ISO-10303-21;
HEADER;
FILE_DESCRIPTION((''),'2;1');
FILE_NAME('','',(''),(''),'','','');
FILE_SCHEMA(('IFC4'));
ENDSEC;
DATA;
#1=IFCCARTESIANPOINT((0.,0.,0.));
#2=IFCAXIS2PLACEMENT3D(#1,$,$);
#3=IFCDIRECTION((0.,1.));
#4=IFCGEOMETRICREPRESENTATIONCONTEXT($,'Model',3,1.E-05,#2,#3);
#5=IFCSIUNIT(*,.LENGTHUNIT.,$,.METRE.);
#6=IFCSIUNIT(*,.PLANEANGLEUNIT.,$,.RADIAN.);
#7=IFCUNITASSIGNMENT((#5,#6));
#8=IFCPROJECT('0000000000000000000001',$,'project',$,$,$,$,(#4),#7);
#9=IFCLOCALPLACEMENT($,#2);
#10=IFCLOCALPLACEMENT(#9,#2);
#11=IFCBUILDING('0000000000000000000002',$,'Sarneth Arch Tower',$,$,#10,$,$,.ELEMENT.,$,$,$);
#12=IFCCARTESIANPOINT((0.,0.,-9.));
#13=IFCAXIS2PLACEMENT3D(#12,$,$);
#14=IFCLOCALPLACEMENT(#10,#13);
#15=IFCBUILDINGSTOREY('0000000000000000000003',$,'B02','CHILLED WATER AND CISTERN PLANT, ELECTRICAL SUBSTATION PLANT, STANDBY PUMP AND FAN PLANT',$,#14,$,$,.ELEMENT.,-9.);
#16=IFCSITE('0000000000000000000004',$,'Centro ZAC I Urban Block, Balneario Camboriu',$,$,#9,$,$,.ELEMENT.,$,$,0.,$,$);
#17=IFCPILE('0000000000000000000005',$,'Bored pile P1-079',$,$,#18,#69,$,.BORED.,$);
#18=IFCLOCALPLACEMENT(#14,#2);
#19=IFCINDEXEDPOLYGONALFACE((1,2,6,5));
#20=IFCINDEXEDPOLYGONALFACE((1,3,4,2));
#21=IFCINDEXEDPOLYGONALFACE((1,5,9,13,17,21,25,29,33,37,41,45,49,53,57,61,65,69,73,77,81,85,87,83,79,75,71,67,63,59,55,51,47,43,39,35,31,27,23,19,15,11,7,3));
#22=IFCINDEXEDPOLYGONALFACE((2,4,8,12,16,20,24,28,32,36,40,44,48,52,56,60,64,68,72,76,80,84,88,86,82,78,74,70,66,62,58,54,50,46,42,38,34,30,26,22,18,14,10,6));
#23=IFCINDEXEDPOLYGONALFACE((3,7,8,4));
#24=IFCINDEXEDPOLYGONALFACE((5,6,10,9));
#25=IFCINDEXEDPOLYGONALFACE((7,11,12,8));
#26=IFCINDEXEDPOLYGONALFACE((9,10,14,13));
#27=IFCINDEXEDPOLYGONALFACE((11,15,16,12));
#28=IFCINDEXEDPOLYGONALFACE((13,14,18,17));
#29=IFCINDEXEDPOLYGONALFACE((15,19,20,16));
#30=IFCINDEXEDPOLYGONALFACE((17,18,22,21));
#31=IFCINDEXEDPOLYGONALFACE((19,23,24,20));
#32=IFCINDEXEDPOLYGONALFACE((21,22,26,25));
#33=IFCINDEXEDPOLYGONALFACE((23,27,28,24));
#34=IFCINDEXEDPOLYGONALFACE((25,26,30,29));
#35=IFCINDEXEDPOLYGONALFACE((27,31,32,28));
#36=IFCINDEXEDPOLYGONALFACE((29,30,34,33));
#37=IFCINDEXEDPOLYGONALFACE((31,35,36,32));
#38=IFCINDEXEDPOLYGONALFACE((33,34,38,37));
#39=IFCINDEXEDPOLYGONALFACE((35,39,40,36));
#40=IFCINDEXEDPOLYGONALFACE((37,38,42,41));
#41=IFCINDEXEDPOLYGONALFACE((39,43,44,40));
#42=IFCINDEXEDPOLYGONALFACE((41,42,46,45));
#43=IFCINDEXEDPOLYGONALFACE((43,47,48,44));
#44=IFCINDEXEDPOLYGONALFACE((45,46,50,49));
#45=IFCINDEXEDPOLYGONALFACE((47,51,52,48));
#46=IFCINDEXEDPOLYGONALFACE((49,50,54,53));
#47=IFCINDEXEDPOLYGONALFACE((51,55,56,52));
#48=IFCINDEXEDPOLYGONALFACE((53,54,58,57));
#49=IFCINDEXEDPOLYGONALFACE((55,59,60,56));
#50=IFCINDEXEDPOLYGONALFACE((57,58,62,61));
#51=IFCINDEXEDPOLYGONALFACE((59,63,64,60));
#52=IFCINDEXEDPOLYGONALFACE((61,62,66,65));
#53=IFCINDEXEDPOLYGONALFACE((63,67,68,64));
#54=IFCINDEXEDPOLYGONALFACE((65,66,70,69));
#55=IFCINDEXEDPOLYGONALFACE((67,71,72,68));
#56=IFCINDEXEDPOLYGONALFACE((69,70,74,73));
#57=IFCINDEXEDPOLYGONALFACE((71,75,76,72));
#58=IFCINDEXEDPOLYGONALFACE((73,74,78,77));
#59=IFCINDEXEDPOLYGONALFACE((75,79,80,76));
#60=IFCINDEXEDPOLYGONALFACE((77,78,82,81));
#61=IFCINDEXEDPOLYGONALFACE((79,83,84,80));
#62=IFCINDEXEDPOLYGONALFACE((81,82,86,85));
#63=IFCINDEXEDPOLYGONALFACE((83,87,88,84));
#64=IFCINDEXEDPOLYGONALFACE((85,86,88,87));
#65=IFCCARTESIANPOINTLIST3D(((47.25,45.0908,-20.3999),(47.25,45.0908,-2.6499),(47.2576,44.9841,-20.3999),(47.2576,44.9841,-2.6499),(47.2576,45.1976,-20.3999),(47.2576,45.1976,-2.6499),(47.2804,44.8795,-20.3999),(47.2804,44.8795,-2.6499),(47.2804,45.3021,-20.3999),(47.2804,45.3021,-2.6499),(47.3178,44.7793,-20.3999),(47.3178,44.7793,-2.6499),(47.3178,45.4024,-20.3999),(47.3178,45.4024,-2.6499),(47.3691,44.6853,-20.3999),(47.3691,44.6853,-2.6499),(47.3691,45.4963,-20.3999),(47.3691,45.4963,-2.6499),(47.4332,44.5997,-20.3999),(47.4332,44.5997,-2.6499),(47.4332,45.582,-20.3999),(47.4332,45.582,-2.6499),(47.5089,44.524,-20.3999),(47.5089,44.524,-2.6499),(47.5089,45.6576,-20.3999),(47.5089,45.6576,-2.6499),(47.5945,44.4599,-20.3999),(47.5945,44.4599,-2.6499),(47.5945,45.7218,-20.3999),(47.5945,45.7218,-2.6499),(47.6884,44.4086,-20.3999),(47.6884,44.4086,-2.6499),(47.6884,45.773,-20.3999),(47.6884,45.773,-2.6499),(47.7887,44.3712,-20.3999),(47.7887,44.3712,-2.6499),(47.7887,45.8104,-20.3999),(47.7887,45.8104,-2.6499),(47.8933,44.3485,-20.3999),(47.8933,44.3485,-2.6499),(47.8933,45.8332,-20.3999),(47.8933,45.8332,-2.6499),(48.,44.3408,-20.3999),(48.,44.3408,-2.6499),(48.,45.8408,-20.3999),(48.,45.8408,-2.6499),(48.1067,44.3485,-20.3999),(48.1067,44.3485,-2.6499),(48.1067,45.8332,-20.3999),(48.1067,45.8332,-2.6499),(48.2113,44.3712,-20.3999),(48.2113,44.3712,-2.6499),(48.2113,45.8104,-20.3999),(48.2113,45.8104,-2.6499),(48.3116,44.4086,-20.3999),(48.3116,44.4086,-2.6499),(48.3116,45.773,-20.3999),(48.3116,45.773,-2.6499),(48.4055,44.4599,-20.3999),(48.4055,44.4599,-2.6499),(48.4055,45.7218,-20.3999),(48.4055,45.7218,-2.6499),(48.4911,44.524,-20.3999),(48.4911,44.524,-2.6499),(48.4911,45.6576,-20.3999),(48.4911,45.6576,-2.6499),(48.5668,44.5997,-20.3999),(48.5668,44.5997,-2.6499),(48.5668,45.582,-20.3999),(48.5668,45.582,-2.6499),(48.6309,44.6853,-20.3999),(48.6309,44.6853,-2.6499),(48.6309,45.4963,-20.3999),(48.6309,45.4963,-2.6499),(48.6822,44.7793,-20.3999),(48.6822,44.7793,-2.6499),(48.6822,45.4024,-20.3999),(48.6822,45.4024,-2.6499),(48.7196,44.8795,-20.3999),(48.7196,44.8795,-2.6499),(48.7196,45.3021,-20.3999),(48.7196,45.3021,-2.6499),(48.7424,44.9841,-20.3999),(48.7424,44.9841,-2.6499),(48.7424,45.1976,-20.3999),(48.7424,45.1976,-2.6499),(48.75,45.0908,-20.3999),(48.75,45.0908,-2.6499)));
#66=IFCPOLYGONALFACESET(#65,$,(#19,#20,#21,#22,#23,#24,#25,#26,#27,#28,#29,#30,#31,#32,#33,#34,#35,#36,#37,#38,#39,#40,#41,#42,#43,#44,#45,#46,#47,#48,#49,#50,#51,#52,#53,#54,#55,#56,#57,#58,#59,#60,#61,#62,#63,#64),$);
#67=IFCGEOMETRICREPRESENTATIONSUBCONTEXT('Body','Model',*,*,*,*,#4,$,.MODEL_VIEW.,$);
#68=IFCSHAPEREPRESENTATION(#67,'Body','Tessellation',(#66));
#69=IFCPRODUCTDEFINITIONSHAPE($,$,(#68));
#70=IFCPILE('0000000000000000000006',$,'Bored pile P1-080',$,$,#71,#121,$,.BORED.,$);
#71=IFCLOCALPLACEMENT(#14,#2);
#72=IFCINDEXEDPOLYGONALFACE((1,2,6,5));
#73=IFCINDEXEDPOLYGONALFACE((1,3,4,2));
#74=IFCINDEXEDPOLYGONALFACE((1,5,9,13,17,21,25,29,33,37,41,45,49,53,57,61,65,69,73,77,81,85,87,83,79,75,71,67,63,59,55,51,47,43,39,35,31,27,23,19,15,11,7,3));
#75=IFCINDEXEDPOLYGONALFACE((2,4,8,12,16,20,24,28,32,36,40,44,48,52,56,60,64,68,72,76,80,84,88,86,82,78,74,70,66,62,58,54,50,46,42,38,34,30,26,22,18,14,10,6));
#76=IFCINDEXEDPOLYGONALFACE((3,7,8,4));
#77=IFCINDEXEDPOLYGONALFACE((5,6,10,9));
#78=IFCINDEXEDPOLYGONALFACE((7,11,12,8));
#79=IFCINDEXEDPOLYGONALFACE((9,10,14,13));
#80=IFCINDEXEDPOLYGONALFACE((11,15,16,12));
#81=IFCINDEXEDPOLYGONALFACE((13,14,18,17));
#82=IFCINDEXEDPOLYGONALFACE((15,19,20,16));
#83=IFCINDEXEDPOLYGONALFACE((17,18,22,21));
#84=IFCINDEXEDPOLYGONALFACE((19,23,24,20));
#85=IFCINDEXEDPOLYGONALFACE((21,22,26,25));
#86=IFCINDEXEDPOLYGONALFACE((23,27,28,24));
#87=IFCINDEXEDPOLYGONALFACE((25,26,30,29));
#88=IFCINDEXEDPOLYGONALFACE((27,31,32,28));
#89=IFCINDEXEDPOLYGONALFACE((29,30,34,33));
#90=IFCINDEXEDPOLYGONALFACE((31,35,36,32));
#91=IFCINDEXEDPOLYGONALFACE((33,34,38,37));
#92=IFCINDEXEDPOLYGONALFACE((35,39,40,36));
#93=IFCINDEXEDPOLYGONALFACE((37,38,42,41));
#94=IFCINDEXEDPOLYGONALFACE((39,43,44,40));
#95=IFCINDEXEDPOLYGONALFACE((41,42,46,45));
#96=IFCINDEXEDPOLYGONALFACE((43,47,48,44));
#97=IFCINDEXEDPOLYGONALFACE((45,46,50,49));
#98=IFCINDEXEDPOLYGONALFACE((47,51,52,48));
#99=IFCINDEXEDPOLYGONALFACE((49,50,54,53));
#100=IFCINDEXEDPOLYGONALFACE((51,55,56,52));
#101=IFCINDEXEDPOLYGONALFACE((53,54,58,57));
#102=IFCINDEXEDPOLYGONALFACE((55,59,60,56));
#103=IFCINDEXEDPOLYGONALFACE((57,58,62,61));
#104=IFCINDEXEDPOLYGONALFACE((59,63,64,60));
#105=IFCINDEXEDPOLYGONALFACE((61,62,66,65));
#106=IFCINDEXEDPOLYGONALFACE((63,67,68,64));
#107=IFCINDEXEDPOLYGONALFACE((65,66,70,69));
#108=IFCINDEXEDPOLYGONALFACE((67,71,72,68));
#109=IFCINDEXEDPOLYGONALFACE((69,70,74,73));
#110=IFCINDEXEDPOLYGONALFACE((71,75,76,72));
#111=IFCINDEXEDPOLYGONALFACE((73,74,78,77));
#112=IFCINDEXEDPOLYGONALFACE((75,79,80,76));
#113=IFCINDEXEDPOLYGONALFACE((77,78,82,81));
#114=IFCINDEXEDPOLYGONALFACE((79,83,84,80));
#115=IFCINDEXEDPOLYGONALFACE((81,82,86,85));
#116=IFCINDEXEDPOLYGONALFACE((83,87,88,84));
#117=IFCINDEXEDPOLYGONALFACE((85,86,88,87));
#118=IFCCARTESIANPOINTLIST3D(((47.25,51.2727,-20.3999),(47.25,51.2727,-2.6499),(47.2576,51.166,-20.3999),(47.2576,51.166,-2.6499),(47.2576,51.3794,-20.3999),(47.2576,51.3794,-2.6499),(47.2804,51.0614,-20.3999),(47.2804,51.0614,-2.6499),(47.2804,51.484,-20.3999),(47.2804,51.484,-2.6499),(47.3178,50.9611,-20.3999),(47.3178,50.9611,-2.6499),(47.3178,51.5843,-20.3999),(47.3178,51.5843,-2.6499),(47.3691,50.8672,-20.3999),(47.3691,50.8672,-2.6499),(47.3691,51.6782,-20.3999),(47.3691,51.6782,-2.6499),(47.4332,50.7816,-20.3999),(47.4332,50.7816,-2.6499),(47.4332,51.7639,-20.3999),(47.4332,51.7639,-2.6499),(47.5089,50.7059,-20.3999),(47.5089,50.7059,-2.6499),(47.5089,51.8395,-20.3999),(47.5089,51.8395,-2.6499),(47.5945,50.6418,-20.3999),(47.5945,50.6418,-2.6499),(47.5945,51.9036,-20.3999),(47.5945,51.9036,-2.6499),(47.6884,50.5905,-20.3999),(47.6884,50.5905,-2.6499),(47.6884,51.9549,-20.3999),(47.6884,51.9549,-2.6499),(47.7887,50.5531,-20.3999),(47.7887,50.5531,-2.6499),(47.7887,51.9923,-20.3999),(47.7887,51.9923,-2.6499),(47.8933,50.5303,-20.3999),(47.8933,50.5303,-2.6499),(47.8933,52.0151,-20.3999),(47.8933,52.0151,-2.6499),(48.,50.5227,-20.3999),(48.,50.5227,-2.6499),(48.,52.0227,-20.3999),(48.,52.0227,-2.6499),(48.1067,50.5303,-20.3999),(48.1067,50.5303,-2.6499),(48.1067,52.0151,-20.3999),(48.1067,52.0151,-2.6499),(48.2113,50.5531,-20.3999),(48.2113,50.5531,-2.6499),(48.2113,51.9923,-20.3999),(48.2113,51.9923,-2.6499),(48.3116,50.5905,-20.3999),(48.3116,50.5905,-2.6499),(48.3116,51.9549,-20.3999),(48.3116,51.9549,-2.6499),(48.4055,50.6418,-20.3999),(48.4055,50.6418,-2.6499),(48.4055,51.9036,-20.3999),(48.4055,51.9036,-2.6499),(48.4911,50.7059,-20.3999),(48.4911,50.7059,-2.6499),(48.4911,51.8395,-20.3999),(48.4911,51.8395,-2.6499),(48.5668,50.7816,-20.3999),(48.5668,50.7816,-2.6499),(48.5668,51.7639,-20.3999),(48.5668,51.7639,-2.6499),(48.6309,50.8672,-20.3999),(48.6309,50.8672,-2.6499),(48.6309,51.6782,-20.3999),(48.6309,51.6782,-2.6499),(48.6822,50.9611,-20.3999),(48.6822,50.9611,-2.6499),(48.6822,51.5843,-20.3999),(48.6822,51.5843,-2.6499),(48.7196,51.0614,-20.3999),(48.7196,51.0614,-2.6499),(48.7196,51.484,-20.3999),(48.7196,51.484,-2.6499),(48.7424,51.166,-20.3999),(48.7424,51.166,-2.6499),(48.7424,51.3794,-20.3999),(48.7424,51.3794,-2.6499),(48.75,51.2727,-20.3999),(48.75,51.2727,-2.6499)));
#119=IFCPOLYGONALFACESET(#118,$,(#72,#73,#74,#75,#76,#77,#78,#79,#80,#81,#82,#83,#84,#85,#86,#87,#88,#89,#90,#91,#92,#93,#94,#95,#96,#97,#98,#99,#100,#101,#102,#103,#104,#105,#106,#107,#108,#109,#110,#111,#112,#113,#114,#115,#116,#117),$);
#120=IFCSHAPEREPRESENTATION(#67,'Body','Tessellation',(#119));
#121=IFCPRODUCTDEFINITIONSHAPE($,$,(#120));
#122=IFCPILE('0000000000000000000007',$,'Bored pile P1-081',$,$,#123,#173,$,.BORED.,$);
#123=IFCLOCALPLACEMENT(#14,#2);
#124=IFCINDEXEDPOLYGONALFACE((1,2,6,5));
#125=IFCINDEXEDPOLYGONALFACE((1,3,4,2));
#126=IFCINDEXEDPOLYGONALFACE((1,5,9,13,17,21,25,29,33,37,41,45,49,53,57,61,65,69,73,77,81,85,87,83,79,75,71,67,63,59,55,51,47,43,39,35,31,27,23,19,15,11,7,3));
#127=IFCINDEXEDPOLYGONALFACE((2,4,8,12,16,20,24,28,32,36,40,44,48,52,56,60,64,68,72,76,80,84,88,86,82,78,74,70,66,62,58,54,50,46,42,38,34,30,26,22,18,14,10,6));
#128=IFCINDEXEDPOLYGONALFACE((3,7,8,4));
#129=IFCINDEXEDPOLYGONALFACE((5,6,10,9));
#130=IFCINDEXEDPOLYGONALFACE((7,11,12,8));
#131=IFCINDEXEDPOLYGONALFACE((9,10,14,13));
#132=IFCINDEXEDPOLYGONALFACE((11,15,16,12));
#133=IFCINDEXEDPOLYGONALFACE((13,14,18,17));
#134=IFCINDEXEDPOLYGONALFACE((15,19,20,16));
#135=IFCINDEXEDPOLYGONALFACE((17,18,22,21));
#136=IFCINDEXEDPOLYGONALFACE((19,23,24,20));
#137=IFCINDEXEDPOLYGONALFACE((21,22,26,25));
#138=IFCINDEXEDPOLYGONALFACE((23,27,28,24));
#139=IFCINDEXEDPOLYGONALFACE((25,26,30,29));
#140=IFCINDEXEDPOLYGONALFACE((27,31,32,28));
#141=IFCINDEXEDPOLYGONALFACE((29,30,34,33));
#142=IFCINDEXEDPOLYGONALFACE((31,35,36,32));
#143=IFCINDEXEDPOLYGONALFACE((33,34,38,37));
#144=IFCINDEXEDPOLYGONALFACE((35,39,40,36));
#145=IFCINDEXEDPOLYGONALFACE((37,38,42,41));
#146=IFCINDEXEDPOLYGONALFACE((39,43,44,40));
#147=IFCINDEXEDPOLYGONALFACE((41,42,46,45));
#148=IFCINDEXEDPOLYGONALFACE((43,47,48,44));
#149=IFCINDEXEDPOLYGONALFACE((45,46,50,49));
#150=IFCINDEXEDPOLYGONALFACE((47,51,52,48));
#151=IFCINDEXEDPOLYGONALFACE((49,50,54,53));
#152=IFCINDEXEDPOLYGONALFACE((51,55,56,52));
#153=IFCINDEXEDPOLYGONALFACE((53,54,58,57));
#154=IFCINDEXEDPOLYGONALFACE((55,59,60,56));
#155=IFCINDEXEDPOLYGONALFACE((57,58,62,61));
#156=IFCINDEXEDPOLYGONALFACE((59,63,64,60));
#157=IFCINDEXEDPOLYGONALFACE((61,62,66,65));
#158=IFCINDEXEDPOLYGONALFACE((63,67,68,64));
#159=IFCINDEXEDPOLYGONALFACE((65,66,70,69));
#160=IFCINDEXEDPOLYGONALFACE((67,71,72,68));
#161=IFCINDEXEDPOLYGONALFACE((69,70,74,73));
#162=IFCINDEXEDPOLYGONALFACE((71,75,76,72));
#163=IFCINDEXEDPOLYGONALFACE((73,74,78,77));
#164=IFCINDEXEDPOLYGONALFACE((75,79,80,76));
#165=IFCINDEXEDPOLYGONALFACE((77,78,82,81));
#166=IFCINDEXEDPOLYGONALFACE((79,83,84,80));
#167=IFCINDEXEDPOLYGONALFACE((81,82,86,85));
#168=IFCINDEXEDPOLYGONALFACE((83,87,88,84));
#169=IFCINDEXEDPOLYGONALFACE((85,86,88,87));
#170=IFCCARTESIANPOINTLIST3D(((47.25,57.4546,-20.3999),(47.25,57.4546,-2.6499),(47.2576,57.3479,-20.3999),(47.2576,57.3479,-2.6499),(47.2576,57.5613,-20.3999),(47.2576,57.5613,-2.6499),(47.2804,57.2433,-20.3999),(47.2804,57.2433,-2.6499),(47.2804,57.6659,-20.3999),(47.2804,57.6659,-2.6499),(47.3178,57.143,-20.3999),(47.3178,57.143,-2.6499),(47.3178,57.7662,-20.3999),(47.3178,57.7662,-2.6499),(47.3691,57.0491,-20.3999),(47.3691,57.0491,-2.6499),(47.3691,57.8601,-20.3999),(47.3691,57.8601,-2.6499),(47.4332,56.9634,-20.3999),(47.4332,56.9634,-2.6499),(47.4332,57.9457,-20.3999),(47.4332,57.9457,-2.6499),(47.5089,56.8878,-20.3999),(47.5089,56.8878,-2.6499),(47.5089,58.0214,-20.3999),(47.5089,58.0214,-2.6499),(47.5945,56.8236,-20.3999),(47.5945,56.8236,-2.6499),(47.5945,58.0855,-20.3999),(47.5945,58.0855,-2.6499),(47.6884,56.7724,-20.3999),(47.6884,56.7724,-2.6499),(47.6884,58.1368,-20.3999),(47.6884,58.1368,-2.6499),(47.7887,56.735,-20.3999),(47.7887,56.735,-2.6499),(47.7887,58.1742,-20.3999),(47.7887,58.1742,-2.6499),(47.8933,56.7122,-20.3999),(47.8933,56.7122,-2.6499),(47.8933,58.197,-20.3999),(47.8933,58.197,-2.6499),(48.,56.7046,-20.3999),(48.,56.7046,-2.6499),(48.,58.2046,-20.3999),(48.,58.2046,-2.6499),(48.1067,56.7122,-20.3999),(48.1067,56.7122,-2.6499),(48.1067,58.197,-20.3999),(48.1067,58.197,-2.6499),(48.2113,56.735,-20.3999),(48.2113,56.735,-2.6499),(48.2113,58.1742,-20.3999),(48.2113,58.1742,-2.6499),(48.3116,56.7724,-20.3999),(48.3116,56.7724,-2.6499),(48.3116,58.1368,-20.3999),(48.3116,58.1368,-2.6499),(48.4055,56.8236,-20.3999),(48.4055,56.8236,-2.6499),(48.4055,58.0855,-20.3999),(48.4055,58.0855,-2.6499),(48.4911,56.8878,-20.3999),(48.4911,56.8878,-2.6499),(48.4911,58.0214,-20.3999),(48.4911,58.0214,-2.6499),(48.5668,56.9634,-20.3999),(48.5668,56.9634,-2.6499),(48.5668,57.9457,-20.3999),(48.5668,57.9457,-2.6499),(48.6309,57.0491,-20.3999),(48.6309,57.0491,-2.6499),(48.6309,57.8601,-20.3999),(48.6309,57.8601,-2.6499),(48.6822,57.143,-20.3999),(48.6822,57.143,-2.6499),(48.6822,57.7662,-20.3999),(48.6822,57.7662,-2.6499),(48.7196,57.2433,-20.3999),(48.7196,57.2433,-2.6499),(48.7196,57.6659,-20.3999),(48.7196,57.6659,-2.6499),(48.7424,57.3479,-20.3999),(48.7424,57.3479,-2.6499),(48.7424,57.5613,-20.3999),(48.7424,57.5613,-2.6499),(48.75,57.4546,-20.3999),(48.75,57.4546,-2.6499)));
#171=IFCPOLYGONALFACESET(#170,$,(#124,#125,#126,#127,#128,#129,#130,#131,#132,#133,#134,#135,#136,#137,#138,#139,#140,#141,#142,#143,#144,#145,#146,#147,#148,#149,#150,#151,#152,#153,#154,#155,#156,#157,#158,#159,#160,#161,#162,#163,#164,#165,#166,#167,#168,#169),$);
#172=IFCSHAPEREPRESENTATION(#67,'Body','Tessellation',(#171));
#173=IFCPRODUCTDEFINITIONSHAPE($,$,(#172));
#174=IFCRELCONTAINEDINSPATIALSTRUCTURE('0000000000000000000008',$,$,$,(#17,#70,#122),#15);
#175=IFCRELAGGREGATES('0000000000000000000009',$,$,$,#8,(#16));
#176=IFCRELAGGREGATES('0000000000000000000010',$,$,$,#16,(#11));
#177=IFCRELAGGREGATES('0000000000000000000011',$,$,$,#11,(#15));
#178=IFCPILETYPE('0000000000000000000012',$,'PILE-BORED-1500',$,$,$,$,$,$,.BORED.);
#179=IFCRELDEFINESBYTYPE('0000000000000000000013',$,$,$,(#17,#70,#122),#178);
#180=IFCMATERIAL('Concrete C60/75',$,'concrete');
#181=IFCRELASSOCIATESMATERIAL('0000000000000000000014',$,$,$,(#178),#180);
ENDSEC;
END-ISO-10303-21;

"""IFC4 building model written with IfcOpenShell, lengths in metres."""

from ifc_helpers import new_model, si_unit, direction, frame, origin, origin_2d, place, context, subcontext, project, spatial, circle, extrude, material, material_profile, profile_set, type_object, element, save


model = new_model("IFC4")

# Units and contexts
model_context = context("Model", 3, precision=1e-05, world=origin(), true_north=direction((0.0, 1.0)))
body_context = subcontext(model_context, "Body", "Model", "MODEL_VIEW")
ifc_project = project(units=[si_unit("LENGTHUNIT", "METRE"), si_unit("PLANEANGLEUNIT", "RADIAN")], contexts=[model_context])

# Site, building, storey
site_placement = place(None, origin())
site = spatial("IfcSite", under=ifc_project, at=site_placement, Name="Centro ZAC I Urban Block, Balneario Camboriu", CompositionType="ELEMENT", RefElevation=0.0)
building_placement = place(site_placement, origin())
building = spatial("IfcBuilding", under=site, at=building_placement, Name="Sarneth Arch Tower", CompositionType="ELEMENT")
storey_placement = place(building_placement, frame((0.0, 0.0, -9.0)))
storey = spatial("IfcBuildingStorey", under=building, at=storey_placement, Name="B02", Description="CHILLED WATER AND CISTERN PLANT, ELECTRICAL SUBSTATION PLANT, STANDBY PUMP AND FAN PLANT", CompositionType="ELEMENT", Elevation=-9.0)

# Piles
ifc_material_1 = material(Name="Concrete C60/75", Category="concrete")
ifc_material_profile_1 = material_profile(ifc_material_1, circle(Radius=0.75, at=origin_2d()), Name="PILE-D1500")
ifc_profile_set_1 = profile_set([ifc_material_profile_1], Name="Concrete C60/75")
pile_type = type_object("IfcPileType", Name="PILE-BORED-1500", PredefinedType="BORED", material=ifc_profile_set_1)
for number, where, z_axis, x_axis, name in (
    (1, (48.0, 45.0908, -2.6499), (0.0, 0.0, -1.0), (1.0, 0.0, 0.0), "Bored pile P1-079"),
    (2, (48.0, 51.2727, -2.6499), (0.0, 0.0, -1.0), (1.0, 0.0, 0.0), "Bored pile P1-080"),
    (3, (48.0, 57.4546, -2.6499), (0.0, 0.0, -1.0), (1.0, 0.0, 0.0), "Bored pile P1-081"),
):
    element("IfcPile", number, at=place(storey_placement, frame(where, z_axis=z_axis, x_axis=x_axis)), inside=storey, type_object=pile_type, Name=name, PredefinedType="BORED", context=body_context, shape_type="SweptSolid", body=[
        extrude(circle(Radius=0.75, at=origin_2d()), origin(), (0.0, 0.0, 1.0), 17.75),
    ])

save(model, "model.ifc")
